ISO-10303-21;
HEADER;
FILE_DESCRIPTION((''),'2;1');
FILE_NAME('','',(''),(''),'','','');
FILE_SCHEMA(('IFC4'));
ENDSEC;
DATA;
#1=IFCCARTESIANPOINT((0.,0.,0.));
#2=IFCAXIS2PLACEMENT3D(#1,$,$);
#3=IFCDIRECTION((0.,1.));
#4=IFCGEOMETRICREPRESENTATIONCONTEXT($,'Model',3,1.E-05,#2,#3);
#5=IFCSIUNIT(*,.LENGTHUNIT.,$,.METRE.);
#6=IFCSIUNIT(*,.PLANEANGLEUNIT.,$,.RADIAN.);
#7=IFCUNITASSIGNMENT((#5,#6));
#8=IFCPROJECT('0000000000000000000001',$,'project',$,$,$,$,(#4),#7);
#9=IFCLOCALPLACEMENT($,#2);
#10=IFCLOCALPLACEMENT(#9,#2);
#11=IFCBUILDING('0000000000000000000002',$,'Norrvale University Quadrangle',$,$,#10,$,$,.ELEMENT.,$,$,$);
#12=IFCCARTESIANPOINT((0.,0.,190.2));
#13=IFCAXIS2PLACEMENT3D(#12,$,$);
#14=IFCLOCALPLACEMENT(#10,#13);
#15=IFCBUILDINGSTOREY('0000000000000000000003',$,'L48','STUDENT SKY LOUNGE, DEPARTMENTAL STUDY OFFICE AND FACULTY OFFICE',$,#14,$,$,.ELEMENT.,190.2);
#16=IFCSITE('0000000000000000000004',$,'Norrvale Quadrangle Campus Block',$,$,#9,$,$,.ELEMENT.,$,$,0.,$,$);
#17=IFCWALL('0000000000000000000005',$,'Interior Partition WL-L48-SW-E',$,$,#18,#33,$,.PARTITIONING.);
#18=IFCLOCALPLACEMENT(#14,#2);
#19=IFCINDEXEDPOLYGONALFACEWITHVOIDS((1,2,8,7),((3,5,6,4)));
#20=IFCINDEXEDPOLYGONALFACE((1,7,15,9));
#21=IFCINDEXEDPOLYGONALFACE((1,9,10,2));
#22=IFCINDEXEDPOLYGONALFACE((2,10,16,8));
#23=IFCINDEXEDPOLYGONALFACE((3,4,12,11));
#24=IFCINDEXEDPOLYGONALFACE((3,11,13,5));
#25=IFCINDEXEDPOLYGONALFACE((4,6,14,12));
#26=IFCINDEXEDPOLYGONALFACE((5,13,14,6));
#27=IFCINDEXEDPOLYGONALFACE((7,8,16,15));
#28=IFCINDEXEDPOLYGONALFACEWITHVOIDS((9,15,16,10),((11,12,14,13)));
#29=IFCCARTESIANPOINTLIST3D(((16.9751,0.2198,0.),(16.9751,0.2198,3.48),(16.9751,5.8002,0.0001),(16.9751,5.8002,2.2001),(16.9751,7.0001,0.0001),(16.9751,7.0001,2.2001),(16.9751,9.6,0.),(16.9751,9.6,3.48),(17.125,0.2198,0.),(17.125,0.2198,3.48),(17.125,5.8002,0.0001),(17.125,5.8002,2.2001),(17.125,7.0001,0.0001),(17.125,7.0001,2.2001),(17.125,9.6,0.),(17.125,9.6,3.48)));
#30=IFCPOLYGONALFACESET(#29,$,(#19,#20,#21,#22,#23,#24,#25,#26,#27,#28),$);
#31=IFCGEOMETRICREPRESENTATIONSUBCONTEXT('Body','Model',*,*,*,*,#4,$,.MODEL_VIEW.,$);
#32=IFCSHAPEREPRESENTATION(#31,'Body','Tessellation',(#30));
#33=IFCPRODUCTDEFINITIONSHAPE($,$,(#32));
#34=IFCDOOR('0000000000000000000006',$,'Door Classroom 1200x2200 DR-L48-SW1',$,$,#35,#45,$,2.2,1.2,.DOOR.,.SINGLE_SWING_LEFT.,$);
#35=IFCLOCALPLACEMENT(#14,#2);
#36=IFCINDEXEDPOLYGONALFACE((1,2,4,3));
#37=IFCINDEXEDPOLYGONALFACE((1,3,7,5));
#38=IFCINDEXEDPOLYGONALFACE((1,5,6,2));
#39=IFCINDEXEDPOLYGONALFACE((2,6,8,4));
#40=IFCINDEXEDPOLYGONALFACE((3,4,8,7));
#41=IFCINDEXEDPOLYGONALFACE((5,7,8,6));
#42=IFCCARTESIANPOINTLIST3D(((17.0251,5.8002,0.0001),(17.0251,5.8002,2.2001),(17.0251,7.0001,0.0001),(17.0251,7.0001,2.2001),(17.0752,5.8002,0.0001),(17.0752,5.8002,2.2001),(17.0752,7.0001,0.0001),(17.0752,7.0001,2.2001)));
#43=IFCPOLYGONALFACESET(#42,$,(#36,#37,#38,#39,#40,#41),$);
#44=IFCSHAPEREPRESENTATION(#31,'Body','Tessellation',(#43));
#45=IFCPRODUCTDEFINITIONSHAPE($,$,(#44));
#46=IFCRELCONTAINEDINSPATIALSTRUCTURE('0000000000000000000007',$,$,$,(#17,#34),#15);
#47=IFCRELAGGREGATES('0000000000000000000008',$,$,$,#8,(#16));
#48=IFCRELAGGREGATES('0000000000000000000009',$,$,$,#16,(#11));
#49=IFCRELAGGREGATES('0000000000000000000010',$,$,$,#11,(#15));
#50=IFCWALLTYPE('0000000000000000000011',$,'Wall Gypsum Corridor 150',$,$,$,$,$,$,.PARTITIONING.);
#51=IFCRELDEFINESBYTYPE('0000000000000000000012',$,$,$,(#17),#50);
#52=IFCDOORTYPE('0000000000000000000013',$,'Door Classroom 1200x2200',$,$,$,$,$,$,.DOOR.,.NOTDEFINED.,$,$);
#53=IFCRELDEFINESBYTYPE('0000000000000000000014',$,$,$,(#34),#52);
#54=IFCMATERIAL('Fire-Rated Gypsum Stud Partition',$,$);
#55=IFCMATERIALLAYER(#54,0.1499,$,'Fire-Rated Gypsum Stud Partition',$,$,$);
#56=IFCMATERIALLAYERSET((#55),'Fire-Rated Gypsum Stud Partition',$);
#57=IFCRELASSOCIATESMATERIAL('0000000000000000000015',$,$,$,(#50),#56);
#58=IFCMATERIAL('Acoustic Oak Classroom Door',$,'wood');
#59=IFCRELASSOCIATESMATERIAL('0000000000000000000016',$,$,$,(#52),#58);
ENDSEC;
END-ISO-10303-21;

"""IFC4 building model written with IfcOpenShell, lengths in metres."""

from ifc_helpers import new_model, si_unit, direction, frame, frame_2d, origin, place, context, subcontext, project, spatial, rectangle, extrude, material, layer, layer_set, type_object, element, fill, save


model = new_model("IFC4")

# Units and contexts
model_context = context("Model", 3, precision=1e-05, world=origin(), true_north=direction((0.0, 1.0)))
body_context = subcontext(model_context, "Body", "Model", "MODEL_VIEW")
ifc_project = project(units=[si_unit("LENGTHUNIT", "METRE"), si_unit("PLANEANGLEUNIT", "RADIAN")], contexts=[model_context])

# Site, building, storey
site_placement = place(None, origin())
site = spatial("IfcSite", under=ifc_project, at=site_placement, Name="Norrvale Quadrangle Campus Block", CompositionType="ELEMENT", RefElevation=0.0)
building_placement = place(site_placement, origin())
building = spatial("IfcBuilding", under=site, at=building_placement, Name="Norrvale University Quadrangle", CompositionType="ELEMENT")
storey_placement = place(building_placement, frame((0.0, 0.0, 190.2)))
storey = spatial("IfcBuildingStorey", under=building, at=storey_placement, Name="L48", Description="STUDENT SKY LOUNGE, DEPARTMENTAL STUDY OFFICE AND FACULTY OFFICE", CompositionType="ELEMENT", Elevation=190.2)

# Shared definitions
ifc_material_1 = material(Name="Fire-Rated Gypsum Stud Partition")
ifc_layer_1 = layer(ifc_material_1, 0.1499, Name="Fire-Rated Gypsum Stud Partition")
ifc_layer_set_1 = layer_set([ifc_layer_1], Name="Fire-Rated Gypsum Stud Partition")
wall_type_1 = type_object("IfcWallType", Name="Wall Gypsum Corridor 150", PredefinedType="PARTITIONING", material=ifc_layer_set_1)

# Wall, opening, door
wall_1_placement = place(storey_placement, frame((17.05, 0.22, 0.0), z_axis=(0.0, 0.0, 1.0), x_axis=(0.0, 1.0, 0.0)))
wall_1 = element("IfcWall", 1, at=wall_1_placement, inside=storey, type_object=wall_type_1, Name="Interior Partition WL-L48-SW-E", PredefinedType="PARTITIONING", context=body_context, shape_type="SweptSolid", body=[
    extrude(rectangle(XDim=9.3801, YDim=0.1499, at=frame_2d((4.6899, 0.0))), origin(), (0.0, 0.0, 1.0), 3.48),
])
opening_placement = place(wall_1_placement, frame((5.5801, 0.0, 0.0)))
opening = element("IfcOpeningElement", 2, at=opening_placement, cuts=wall_1, PredefinedType="OPENING", context=body_context, shape_type="SweptSolid", body=[
    extrude(rectangle(XDim=1.2, YDim=2.2, at=frame_2d((0.6001, 1.1001))), frame((0.0, 0.0869, 0.0), z_axis=(0.0, -1.0, 0.0), x_axis=(1.0, 0.0, 0.0)), (0.0, 0.0, 1.0), 0.1738),
])
ifc_material_2 = material(Name="Acoustic Oak Classroom Door", Category="wood")
door_type = type_object("IfcDoorType", Name="Door Classroom 1200x2200", OperationType="NOTDEFINED", PredefinedType="DOOR", material=ifc_material_2)
door_placement = place(opening_placement, origin())
door = element("IfcDoor", 3, at=door_placement, inside=storey, type_object=door_type, Name="Door Classroom 1200x2200 DR-L48-SW1", OperationType="SINGLE_SWING_LEFT", OverallHeight=2.2, OverallWidth=1.2, PredefinedType="DOOR", context=body_context, shape_type="SweptSolid", body=[
    extrude(rectangle(XDim=1.2, YDim=2.2, at=frame_2d((0.6001, 1.1001))), frame((0.0, 0.0249, 0.0), z_axis=(0.0, -1.0, 0.0), x_axis=(1.0, 0.0, 0.0)), (0.0, 0.0, 1.0), 0.05),
])
fill(opening, door)

save(model, "model.ifc")
